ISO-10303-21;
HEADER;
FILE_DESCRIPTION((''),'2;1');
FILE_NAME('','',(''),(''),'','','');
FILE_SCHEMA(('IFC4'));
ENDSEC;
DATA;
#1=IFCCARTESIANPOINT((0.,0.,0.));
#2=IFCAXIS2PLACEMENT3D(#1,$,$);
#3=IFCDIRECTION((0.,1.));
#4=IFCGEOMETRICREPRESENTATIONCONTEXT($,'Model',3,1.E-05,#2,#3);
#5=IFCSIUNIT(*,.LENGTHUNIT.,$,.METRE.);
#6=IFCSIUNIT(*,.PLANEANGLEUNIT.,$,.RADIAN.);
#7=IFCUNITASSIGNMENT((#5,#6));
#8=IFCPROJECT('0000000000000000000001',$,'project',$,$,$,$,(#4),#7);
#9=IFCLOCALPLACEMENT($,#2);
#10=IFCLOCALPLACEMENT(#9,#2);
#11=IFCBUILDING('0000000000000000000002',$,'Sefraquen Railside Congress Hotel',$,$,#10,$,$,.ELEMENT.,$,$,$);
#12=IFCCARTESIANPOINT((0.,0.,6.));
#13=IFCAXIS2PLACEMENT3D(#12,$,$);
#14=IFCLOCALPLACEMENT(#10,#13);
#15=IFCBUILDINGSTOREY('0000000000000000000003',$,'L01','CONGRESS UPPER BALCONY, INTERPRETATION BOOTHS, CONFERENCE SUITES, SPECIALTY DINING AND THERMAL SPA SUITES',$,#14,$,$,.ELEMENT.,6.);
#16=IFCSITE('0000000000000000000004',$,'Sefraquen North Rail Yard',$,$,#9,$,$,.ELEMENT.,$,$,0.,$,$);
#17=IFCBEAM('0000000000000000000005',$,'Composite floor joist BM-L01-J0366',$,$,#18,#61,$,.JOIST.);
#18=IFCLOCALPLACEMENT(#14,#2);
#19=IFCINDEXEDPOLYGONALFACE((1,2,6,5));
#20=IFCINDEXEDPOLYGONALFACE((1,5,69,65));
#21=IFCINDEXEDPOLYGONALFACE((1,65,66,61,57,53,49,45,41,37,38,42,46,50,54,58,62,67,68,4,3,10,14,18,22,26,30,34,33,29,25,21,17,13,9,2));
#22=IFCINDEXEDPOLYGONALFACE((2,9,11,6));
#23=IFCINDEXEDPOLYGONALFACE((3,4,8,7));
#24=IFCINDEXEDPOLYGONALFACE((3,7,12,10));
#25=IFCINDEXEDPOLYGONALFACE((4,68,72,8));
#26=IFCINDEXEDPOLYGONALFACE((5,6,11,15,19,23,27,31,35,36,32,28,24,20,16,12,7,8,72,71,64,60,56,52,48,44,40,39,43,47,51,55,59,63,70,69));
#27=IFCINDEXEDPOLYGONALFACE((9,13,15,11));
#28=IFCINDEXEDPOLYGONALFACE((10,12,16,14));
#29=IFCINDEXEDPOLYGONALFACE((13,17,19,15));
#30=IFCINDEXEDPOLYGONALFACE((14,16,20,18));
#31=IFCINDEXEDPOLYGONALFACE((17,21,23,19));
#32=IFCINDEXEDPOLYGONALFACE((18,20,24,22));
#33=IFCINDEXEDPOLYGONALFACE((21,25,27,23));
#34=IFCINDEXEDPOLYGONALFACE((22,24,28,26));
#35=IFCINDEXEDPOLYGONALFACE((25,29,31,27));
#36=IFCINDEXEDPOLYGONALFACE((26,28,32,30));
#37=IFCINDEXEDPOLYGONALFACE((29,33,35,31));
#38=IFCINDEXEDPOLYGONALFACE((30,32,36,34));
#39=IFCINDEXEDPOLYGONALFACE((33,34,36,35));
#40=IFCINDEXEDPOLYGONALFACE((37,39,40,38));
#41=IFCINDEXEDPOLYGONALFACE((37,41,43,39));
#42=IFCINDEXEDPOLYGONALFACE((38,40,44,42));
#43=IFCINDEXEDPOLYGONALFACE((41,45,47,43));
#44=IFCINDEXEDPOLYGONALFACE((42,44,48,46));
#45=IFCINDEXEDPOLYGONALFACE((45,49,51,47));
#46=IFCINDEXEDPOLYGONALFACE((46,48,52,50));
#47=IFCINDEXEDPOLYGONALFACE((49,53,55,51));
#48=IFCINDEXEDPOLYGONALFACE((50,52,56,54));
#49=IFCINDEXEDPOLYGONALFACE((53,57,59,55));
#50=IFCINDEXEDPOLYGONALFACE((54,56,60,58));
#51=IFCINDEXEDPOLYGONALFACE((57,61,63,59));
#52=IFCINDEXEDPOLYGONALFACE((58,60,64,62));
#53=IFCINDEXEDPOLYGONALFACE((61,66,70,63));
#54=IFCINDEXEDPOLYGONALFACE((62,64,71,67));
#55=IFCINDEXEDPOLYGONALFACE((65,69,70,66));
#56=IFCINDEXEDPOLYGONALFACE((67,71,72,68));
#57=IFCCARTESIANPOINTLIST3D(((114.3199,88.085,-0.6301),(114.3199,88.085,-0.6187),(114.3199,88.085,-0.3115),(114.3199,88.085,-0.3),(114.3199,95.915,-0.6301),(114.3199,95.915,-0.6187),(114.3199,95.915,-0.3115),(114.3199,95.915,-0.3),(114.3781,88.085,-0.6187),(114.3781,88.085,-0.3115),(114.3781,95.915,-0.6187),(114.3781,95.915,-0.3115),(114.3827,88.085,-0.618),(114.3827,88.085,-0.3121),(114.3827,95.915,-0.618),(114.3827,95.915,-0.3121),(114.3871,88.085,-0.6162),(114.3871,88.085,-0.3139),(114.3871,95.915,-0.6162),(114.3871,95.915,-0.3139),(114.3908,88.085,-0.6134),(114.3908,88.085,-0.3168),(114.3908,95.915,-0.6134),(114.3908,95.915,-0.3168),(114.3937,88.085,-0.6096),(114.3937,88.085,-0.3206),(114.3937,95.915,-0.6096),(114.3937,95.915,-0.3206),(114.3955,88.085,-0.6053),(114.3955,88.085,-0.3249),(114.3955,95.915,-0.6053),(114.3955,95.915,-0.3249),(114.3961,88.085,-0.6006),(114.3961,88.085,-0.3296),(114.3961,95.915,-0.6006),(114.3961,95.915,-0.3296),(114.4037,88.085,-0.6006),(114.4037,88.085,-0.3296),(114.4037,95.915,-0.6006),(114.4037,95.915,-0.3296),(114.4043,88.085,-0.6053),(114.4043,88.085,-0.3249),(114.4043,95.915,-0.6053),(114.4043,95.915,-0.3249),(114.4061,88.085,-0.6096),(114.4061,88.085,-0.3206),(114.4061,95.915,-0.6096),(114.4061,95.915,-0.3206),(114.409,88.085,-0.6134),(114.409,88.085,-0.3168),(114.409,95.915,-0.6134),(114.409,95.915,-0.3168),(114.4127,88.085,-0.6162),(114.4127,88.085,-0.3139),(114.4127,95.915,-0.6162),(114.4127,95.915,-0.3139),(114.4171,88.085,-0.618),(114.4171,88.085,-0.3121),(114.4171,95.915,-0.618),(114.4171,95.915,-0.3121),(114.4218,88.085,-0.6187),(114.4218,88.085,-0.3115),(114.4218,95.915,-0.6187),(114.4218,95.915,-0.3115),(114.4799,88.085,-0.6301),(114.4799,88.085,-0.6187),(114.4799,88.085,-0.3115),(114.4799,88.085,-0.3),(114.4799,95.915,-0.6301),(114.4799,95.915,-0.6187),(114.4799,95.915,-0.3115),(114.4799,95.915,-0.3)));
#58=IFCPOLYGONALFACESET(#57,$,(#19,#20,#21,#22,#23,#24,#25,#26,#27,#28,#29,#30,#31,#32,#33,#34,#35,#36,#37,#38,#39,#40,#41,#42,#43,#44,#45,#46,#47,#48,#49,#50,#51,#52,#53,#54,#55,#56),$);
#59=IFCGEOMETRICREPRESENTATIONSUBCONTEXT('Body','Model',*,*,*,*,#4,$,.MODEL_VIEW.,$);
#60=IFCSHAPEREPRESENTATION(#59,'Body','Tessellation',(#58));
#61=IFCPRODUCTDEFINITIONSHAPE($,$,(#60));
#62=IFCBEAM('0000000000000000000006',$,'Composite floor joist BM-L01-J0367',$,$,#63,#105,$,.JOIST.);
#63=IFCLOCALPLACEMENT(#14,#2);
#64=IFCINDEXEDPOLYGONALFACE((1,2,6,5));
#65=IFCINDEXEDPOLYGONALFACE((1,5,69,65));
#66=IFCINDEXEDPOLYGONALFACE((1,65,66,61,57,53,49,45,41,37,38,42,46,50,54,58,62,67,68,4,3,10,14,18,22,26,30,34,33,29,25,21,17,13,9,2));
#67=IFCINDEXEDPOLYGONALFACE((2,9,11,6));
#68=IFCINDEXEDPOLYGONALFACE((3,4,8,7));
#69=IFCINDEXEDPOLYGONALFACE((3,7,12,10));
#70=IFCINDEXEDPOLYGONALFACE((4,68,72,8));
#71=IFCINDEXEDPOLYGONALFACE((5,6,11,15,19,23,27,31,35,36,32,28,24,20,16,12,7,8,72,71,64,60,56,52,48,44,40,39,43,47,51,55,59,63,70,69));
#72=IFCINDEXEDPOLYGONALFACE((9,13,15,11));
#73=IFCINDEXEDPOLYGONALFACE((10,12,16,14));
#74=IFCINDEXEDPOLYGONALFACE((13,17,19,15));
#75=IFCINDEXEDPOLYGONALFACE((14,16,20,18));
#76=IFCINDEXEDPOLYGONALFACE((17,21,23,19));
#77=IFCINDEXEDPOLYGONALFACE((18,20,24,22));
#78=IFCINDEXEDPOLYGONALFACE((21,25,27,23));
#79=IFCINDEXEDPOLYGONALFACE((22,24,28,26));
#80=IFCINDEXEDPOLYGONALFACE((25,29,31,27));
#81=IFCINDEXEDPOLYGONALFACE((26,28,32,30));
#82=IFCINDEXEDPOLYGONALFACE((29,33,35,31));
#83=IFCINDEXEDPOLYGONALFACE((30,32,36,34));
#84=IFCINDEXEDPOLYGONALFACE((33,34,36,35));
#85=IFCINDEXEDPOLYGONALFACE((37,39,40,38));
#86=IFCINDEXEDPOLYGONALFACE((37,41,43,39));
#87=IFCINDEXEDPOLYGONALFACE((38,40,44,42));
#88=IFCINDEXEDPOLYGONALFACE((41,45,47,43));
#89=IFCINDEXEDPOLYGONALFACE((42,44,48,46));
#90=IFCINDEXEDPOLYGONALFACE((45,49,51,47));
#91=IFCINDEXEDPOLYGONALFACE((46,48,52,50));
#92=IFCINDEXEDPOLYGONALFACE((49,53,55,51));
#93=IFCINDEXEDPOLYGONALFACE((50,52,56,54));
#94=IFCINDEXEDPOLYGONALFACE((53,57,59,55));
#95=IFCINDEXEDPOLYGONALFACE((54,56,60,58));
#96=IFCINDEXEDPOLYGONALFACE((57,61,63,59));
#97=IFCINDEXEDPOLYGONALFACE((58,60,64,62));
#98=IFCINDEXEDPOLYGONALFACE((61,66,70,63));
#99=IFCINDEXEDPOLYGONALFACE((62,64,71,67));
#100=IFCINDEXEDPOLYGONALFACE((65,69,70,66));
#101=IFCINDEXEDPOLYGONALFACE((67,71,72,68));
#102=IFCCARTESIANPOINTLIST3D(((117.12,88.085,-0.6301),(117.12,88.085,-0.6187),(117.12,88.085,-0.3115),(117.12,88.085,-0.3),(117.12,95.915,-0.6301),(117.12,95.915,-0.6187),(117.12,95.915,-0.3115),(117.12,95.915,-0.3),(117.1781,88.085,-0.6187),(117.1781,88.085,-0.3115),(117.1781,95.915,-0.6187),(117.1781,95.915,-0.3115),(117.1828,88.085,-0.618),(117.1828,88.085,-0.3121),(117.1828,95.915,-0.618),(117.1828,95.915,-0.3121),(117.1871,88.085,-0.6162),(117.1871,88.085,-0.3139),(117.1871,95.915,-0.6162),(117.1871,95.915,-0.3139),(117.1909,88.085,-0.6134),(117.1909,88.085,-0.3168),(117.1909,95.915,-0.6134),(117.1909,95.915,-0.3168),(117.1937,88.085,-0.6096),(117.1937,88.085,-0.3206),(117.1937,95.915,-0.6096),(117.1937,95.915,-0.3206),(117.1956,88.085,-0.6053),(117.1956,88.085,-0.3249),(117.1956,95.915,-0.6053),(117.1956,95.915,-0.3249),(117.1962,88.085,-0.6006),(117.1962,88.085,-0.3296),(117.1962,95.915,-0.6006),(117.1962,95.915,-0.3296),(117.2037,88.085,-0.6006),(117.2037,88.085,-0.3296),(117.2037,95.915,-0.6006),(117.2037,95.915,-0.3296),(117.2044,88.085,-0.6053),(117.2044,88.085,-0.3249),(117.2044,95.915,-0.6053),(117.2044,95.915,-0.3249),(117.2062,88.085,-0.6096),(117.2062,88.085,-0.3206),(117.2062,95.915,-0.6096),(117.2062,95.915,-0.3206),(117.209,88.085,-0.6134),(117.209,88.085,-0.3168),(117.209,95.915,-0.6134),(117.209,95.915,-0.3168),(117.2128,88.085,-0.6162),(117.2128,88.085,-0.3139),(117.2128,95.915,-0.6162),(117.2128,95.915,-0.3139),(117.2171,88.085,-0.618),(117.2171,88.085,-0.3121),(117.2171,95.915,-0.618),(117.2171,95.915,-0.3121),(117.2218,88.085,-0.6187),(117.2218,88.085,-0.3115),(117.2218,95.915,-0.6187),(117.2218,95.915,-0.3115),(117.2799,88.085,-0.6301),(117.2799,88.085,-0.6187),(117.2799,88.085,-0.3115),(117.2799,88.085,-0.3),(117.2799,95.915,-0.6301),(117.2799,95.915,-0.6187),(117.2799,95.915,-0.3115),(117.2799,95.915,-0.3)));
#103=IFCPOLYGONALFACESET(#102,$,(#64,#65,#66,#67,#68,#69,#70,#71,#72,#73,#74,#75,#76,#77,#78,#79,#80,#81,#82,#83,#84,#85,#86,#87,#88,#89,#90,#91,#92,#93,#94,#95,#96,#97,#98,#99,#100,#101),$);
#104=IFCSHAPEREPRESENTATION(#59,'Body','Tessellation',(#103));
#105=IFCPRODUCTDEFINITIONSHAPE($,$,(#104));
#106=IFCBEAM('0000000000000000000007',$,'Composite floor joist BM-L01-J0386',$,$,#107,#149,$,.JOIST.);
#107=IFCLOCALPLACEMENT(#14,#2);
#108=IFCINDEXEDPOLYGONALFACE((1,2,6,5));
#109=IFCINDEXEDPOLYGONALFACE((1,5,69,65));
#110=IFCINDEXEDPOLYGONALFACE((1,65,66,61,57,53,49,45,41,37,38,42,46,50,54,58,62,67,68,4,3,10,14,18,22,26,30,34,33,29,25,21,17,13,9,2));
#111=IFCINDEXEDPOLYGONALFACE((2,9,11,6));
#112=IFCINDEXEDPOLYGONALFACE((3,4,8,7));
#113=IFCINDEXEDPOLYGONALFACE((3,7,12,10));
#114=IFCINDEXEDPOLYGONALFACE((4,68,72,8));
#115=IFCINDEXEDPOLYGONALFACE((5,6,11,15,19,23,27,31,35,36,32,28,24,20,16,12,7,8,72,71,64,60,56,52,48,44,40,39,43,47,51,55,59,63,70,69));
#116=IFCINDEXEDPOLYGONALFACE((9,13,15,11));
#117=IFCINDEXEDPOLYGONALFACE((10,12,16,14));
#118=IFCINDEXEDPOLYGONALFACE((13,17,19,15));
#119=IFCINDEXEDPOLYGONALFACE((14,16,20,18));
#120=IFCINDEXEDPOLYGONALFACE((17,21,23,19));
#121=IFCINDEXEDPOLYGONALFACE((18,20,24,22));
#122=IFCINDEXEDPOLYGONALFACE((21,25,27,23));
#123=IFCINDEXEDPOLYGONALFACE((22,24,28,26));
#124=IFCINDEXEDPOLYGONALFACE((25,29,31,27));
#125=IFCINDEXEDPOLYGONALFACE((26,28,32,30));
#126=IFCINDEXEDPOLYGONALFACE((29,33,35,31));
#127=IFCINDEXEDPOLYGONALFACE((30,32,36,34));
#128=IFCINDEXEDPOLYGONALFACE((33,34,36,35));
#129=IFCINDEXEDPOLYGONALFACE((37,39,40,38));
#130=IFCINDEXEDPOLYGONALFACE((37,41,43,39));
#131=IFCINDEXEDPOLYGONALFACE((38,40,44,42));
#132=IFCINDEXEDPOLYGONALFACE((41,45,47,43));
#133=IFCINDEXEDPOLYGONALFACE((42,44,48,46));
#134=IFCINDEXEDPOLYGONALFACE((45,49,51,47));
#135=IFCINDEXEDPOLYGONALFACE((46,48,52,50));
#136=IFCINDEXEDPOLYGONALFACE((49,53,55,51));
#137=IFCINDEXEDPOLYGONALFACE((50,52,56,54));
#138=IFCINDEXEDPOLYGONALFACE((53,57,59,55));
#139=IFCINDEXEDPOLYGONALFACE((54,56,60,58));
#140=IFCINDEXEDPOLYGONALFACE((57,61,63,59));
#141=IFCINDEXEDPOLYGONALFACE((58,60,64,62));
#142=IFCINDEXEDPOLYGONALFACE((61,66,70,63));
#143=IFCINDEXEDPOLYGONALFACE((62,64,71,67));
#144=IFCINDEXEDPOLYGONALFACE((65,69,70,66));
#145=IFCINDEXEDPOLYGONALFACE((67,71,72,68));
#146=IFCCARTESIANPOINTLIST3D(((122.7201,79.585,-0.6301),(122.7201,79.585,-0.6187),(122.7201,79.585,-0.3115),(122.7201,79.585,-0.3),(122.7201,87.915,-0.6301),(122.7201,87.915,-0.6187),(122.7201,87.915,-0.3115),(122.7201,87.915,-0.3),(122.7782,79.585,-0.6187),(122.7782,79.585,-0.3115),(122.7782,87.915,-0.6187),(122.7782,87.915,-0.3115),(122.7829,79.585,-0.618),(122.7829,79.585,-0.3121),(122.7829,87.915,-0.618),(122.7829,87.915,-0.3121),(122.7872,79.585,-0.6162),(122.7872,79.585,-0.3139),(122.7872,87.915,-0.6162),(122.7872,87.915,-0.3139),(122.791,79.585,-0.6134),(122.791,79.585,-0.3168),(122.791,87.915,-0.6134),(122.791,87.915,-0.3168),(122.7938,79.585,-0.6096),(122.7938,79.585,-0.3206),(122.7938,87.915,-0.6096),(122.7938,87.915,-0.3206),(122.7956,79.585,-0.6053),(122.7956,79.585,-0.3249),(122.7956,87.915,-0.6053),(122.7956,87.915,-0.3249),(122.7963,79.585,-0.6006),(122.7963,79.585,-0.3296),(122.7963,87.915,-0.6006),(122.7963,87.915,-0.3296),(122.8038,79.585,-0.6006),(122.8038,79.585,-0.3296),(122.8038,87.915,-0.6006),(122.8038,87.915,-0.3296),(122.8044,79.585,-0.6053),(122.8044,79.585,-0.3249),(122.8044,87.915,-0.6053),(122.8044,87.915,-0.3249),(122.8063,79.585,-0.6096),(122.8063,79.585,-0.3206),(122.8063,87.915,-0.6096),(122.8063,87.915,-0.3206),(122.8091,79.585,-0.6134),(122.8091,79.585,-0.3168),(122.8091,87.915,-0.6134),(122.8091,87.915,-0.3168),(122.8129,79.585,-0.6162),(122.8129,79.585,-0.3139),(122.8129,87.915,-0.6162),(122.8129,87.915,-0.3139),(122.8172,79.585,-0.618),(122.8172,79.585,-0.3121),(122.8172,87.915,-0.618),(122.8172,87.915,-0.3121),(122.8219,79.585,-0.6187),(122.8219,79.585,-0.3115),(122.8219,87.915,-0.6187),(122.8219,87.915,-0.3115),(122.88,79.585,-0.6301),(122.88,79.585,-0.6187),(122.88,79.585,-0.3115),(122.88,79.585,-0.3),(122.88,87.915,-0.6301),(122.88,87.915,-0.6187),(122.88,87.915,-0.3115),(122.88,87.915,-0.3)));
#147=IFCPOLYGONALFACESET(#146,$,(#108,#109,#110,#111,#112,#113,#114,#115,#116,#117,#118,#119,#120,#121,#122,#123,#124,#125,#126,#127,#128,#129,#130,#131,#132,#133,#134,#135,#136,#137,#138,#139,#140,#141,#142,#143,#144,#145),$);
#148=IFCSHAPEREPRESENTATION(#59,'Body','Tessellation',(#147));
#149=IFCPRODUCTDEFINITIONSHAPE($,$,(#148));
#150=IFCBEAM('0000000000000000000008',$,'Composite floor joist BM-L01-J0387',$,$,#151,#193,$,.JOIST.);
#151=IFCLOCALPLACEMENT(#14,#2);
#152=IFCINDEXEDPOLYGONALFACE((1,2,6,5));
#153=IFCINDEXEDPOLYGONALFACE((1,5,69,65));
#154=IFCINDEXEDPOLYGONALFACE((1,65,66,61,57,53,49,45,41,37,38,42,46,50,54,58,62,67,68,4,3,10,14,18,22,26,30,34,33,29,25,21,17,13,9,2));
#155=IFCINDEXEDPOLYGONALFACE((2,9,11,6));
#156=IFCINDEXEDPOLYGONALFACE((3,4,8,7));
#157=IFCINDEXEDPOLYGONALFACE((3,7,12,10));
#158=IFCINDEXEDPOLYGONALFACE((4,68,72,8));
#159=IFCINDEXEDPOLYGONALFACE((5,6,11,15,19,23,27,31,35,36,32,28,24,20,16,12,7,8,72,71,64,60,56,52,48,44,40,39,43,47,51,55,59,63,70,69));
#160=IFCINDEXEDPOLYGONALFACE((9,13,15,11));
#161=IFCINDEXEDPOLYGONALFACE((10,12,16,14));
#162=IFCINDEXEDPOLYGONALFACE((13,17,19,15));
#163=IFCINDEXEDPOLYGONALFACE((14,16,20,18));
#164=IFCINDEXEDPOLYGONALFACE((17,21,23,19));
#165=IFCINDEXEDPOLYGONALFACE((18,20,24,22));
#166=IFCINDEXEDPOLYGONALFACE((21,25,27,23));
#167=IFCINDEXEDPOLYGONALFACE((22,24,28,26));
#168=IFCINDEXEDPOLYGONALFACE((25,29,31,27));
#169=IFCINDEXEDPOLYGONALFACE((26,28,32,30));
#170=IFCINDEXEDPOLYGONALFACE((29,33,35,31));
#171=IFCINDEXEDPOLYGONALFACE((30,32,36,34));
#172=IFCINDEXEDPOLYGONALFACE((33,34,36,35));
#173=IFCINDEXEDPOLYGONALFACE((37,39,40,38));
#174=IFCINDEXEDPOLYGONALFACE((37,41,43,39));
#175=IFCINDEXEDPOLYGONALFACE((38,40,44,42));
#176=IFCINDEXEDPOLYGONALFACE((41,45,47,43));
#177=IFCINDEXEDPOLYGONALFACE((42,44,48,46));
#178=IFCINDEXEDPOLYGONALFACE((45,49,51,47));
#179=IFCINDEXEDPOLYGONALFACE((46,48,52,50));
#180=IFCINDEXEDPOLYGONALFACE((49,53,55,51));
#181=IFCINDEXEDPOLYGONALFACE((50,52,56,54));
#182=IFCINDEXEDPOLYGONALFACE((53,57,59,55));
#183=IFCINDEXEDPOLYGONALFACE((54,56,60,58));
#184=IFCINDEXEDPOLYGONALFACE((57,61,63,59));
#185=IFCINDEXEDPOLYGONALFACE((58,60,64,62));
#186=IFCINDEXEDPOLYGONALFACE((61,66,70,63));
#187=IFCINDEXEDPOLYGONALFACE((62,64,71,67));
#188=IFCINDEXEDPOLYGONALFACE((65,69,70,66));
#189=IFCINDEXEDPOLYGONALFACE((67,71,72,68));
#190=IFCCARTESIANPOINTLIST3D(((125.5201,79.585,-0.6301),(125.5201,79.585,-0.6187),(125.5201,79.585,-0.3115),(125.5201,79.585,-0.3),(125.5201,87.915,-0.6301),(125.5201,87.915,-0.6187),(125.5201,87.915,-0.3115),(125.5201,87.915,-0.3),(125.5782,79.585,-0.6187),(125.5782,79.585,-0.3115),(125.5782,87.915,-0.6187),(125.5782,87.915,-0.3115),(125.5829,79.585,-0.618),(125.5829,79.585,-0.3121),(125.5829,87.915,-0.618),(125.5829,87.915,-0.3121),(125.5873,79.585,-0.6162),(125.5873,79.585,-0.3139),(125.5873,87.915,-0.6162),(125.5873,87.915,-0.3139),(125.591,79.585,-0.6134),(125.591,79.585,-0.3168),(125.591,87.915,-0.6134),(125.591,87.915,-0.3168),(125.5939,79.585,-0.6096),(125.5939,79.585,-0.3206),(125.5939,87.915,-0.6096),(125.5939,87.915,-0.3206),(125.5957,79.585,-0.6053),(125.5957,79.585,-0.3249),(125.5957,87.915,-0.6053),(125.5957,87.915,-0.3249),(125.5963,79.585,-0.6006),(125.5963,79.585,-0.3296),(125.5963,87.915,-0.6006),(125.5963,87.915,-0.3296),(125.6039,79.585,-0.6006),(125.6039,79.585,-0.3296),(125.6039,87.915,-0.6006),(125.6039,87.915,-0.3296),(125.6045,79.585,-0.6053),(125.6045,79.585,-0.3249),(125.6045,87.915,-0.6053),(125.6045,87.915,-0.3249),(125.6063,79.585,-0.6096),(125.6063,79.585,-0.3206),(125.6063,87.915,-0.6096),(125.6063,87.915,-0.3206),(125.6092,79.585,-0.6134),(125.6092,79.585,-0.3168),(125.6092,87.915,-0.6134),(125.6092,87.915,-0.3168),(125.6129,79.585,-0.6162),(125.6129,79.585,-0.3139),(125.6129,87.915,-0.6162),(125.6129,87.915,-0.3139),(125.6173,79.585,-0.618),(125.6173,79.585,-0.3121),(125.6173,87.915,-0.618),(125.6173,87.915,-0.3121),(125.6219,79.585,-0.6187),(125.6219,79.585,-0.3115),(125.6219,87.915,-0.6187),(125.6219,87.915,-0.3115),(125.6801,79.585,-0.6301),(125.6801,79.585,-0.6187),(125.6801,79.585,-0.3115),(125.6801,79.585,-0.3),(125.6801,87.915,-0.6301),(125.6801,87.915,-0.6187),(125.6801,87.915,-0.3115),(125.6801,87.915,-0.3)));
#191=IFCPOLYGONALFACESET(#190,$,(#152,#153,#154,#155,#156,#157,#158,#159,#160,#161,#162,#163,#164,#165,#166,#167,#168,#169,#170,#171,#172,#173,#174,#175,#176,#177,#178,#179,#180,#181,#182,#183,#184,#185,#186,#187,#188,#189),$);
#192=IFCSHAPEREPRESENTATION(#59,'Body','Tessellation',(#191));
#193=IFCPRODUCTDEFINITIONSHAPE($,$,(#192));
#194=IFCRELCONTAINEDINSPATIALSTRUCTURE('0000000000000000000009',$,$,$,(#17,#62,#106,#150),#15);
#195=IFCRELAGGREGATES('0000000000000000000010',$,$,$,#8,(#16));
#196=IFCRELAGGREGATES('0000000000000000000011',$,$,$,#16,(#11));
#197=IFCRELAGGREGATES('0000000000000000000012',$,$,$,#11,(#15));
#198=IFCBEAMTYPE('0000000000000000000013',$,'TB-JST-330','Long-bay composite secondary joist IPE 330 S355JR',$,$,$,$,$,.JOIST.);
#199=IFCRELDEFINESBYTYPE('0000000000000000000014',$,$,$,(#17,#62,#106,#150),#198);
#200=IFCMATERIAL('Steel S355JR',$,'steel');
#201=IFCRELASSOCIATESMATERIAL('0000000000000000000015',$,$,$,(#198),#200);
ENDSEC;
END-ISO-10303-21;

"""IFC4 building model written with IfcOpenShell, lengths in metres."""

from ifc_helpers import new_model, si_unit, direction, frame, origin, origin_2d, place, context, subcontext, project, spatial, i_section, extrude, material, material_profile, profile_set, type_object, element, save


model = new_model("IFC4")

# Units and contexts
model_context = context("Model", 3, precision=1e-05, world=origin(), true_north=direction((0.0, 1.0)))
body_context = subcontext(model_context, "Body", "Model", "MODEL_VIEW")
ifc_project = project(units=[si_unit("LENGTHUNIT", "METRE"), si_unit("PLANEANGLEUNIT", "RADIAN")], contexts=[model_context])

# Site, building, storey
site_placement = place(None, origin())
site = spatial("IfcSite", under=ifc_project, at=site_placement, Name="Sefraquen North Rail Yard", CompositionType="ELEMENT", RefElevation=0.0)
building_placement = place(site_placement, origin())
building = spatial("IfcBuilding", under=site, at=building_placement, Name="Sefraquen Railside Congress Hotel", CompositionType="ELEMENT")
storey_placement = place(building_placement, frame((0.0, 0.0, 6.0)))
storey = spatial("IfcBuildingStorey", under=building, at=storey_placement, Name="L01", Description="CONGRESS UPPER BALCONY, INTERPRETATION BOOTHS, CONFERENCE SUITES, SPECIALTY DINING AND THERMAL SPA SUITES", CompositionType="ELEMENT", Elevation=6.0)

# Shared definitions
ifc_material_1 = material(Name="Steel S355JR", Category="steel")

# Beams
ifc_material_profile_1 = material_profile(ifc_material_1, i_section(OverallWidth=0.1599, OverallDepth=0.3301, WebThickness=0.0076, FlangeThickness=0.0115, FilletRadius=0.0181, at=origin_2d()), Name="IPE 330")
ifc_profile_set_1 = profile_set([ifc_material_profile_1], Name="Steel S355JR")
beam_type_1 = type_object("IfcBeamType", Name="TB-JST-330", Description="Long-bay composite secondary joist IPE 330 S355JR", PredefinedType="JOIST", material=ifc_profile_set_1)
for number, where, z_axis, x_axis, name in (
    (1, (114.3999, 88.085, -0.4651), (0.0, 1.0, 0.0), (-1.0, 0.0, 0.0), "Composite floor joist BM-L01-J0366"),
    (2, (117.2, 88.085, -0.4651), (0.0, 1.0, 0.0), (-1.0, 0.0, 0.0), "Composite floor joist BM-L01-J0367"),
):
    element("IfcBeam", number, at=place(storey_placement, frame(where, z_axis=z_axis, x_axis=x_axis)), inside=storey, type_object=beam_type_1, Name=name, PredefinedType="JOIST", context=body_context, shape_type="SweptSolid", body=[
        extrude(i_section(OverallWidth=0.1599, OverallDepth=0.3301, WebThickness=0.0076, FlangeThickness=0.0115, FilletRadius=0.0181, at=origin_2d()), origin(), (0.0, 0.0, 1.0), 7.8301),
    ])
for number, where, z_axis, x_axis, name in (
    (3, (122.8, 79.585, -0.4651), (0.0, 1.0, 0.0), (-1.0, 0.0, 0.0), "Composite floor joist BM-L01-J0386"),
    (4, (125.6001, 79.585, -0.4651), (0.0, 1.0, 0.0), (-1.0, 0.0, 0.0), "Composite floor joist BM-L01-J0387"),
):
    element("IfcBeam", number, at=place(storey_placement, frame(where, z_axis=z_axis, x_axis=x_axis)), inside=storey, type_object=beam_type_1, Name=name, PredefinedType="JOIST", context=body_context, shape_type="SweptSolid", body=[
        extrude(i_section(OverallWidth=0.1599, OverallDepth=0.3301, WebThickness=0.0076, FlangeThickness=0.0115, FilletRadius=0.0181, at=origin_2d()), origin(), (0.0, 0.0, 1.0), 8.3301),
    ])

save(model, "model.ifc")
